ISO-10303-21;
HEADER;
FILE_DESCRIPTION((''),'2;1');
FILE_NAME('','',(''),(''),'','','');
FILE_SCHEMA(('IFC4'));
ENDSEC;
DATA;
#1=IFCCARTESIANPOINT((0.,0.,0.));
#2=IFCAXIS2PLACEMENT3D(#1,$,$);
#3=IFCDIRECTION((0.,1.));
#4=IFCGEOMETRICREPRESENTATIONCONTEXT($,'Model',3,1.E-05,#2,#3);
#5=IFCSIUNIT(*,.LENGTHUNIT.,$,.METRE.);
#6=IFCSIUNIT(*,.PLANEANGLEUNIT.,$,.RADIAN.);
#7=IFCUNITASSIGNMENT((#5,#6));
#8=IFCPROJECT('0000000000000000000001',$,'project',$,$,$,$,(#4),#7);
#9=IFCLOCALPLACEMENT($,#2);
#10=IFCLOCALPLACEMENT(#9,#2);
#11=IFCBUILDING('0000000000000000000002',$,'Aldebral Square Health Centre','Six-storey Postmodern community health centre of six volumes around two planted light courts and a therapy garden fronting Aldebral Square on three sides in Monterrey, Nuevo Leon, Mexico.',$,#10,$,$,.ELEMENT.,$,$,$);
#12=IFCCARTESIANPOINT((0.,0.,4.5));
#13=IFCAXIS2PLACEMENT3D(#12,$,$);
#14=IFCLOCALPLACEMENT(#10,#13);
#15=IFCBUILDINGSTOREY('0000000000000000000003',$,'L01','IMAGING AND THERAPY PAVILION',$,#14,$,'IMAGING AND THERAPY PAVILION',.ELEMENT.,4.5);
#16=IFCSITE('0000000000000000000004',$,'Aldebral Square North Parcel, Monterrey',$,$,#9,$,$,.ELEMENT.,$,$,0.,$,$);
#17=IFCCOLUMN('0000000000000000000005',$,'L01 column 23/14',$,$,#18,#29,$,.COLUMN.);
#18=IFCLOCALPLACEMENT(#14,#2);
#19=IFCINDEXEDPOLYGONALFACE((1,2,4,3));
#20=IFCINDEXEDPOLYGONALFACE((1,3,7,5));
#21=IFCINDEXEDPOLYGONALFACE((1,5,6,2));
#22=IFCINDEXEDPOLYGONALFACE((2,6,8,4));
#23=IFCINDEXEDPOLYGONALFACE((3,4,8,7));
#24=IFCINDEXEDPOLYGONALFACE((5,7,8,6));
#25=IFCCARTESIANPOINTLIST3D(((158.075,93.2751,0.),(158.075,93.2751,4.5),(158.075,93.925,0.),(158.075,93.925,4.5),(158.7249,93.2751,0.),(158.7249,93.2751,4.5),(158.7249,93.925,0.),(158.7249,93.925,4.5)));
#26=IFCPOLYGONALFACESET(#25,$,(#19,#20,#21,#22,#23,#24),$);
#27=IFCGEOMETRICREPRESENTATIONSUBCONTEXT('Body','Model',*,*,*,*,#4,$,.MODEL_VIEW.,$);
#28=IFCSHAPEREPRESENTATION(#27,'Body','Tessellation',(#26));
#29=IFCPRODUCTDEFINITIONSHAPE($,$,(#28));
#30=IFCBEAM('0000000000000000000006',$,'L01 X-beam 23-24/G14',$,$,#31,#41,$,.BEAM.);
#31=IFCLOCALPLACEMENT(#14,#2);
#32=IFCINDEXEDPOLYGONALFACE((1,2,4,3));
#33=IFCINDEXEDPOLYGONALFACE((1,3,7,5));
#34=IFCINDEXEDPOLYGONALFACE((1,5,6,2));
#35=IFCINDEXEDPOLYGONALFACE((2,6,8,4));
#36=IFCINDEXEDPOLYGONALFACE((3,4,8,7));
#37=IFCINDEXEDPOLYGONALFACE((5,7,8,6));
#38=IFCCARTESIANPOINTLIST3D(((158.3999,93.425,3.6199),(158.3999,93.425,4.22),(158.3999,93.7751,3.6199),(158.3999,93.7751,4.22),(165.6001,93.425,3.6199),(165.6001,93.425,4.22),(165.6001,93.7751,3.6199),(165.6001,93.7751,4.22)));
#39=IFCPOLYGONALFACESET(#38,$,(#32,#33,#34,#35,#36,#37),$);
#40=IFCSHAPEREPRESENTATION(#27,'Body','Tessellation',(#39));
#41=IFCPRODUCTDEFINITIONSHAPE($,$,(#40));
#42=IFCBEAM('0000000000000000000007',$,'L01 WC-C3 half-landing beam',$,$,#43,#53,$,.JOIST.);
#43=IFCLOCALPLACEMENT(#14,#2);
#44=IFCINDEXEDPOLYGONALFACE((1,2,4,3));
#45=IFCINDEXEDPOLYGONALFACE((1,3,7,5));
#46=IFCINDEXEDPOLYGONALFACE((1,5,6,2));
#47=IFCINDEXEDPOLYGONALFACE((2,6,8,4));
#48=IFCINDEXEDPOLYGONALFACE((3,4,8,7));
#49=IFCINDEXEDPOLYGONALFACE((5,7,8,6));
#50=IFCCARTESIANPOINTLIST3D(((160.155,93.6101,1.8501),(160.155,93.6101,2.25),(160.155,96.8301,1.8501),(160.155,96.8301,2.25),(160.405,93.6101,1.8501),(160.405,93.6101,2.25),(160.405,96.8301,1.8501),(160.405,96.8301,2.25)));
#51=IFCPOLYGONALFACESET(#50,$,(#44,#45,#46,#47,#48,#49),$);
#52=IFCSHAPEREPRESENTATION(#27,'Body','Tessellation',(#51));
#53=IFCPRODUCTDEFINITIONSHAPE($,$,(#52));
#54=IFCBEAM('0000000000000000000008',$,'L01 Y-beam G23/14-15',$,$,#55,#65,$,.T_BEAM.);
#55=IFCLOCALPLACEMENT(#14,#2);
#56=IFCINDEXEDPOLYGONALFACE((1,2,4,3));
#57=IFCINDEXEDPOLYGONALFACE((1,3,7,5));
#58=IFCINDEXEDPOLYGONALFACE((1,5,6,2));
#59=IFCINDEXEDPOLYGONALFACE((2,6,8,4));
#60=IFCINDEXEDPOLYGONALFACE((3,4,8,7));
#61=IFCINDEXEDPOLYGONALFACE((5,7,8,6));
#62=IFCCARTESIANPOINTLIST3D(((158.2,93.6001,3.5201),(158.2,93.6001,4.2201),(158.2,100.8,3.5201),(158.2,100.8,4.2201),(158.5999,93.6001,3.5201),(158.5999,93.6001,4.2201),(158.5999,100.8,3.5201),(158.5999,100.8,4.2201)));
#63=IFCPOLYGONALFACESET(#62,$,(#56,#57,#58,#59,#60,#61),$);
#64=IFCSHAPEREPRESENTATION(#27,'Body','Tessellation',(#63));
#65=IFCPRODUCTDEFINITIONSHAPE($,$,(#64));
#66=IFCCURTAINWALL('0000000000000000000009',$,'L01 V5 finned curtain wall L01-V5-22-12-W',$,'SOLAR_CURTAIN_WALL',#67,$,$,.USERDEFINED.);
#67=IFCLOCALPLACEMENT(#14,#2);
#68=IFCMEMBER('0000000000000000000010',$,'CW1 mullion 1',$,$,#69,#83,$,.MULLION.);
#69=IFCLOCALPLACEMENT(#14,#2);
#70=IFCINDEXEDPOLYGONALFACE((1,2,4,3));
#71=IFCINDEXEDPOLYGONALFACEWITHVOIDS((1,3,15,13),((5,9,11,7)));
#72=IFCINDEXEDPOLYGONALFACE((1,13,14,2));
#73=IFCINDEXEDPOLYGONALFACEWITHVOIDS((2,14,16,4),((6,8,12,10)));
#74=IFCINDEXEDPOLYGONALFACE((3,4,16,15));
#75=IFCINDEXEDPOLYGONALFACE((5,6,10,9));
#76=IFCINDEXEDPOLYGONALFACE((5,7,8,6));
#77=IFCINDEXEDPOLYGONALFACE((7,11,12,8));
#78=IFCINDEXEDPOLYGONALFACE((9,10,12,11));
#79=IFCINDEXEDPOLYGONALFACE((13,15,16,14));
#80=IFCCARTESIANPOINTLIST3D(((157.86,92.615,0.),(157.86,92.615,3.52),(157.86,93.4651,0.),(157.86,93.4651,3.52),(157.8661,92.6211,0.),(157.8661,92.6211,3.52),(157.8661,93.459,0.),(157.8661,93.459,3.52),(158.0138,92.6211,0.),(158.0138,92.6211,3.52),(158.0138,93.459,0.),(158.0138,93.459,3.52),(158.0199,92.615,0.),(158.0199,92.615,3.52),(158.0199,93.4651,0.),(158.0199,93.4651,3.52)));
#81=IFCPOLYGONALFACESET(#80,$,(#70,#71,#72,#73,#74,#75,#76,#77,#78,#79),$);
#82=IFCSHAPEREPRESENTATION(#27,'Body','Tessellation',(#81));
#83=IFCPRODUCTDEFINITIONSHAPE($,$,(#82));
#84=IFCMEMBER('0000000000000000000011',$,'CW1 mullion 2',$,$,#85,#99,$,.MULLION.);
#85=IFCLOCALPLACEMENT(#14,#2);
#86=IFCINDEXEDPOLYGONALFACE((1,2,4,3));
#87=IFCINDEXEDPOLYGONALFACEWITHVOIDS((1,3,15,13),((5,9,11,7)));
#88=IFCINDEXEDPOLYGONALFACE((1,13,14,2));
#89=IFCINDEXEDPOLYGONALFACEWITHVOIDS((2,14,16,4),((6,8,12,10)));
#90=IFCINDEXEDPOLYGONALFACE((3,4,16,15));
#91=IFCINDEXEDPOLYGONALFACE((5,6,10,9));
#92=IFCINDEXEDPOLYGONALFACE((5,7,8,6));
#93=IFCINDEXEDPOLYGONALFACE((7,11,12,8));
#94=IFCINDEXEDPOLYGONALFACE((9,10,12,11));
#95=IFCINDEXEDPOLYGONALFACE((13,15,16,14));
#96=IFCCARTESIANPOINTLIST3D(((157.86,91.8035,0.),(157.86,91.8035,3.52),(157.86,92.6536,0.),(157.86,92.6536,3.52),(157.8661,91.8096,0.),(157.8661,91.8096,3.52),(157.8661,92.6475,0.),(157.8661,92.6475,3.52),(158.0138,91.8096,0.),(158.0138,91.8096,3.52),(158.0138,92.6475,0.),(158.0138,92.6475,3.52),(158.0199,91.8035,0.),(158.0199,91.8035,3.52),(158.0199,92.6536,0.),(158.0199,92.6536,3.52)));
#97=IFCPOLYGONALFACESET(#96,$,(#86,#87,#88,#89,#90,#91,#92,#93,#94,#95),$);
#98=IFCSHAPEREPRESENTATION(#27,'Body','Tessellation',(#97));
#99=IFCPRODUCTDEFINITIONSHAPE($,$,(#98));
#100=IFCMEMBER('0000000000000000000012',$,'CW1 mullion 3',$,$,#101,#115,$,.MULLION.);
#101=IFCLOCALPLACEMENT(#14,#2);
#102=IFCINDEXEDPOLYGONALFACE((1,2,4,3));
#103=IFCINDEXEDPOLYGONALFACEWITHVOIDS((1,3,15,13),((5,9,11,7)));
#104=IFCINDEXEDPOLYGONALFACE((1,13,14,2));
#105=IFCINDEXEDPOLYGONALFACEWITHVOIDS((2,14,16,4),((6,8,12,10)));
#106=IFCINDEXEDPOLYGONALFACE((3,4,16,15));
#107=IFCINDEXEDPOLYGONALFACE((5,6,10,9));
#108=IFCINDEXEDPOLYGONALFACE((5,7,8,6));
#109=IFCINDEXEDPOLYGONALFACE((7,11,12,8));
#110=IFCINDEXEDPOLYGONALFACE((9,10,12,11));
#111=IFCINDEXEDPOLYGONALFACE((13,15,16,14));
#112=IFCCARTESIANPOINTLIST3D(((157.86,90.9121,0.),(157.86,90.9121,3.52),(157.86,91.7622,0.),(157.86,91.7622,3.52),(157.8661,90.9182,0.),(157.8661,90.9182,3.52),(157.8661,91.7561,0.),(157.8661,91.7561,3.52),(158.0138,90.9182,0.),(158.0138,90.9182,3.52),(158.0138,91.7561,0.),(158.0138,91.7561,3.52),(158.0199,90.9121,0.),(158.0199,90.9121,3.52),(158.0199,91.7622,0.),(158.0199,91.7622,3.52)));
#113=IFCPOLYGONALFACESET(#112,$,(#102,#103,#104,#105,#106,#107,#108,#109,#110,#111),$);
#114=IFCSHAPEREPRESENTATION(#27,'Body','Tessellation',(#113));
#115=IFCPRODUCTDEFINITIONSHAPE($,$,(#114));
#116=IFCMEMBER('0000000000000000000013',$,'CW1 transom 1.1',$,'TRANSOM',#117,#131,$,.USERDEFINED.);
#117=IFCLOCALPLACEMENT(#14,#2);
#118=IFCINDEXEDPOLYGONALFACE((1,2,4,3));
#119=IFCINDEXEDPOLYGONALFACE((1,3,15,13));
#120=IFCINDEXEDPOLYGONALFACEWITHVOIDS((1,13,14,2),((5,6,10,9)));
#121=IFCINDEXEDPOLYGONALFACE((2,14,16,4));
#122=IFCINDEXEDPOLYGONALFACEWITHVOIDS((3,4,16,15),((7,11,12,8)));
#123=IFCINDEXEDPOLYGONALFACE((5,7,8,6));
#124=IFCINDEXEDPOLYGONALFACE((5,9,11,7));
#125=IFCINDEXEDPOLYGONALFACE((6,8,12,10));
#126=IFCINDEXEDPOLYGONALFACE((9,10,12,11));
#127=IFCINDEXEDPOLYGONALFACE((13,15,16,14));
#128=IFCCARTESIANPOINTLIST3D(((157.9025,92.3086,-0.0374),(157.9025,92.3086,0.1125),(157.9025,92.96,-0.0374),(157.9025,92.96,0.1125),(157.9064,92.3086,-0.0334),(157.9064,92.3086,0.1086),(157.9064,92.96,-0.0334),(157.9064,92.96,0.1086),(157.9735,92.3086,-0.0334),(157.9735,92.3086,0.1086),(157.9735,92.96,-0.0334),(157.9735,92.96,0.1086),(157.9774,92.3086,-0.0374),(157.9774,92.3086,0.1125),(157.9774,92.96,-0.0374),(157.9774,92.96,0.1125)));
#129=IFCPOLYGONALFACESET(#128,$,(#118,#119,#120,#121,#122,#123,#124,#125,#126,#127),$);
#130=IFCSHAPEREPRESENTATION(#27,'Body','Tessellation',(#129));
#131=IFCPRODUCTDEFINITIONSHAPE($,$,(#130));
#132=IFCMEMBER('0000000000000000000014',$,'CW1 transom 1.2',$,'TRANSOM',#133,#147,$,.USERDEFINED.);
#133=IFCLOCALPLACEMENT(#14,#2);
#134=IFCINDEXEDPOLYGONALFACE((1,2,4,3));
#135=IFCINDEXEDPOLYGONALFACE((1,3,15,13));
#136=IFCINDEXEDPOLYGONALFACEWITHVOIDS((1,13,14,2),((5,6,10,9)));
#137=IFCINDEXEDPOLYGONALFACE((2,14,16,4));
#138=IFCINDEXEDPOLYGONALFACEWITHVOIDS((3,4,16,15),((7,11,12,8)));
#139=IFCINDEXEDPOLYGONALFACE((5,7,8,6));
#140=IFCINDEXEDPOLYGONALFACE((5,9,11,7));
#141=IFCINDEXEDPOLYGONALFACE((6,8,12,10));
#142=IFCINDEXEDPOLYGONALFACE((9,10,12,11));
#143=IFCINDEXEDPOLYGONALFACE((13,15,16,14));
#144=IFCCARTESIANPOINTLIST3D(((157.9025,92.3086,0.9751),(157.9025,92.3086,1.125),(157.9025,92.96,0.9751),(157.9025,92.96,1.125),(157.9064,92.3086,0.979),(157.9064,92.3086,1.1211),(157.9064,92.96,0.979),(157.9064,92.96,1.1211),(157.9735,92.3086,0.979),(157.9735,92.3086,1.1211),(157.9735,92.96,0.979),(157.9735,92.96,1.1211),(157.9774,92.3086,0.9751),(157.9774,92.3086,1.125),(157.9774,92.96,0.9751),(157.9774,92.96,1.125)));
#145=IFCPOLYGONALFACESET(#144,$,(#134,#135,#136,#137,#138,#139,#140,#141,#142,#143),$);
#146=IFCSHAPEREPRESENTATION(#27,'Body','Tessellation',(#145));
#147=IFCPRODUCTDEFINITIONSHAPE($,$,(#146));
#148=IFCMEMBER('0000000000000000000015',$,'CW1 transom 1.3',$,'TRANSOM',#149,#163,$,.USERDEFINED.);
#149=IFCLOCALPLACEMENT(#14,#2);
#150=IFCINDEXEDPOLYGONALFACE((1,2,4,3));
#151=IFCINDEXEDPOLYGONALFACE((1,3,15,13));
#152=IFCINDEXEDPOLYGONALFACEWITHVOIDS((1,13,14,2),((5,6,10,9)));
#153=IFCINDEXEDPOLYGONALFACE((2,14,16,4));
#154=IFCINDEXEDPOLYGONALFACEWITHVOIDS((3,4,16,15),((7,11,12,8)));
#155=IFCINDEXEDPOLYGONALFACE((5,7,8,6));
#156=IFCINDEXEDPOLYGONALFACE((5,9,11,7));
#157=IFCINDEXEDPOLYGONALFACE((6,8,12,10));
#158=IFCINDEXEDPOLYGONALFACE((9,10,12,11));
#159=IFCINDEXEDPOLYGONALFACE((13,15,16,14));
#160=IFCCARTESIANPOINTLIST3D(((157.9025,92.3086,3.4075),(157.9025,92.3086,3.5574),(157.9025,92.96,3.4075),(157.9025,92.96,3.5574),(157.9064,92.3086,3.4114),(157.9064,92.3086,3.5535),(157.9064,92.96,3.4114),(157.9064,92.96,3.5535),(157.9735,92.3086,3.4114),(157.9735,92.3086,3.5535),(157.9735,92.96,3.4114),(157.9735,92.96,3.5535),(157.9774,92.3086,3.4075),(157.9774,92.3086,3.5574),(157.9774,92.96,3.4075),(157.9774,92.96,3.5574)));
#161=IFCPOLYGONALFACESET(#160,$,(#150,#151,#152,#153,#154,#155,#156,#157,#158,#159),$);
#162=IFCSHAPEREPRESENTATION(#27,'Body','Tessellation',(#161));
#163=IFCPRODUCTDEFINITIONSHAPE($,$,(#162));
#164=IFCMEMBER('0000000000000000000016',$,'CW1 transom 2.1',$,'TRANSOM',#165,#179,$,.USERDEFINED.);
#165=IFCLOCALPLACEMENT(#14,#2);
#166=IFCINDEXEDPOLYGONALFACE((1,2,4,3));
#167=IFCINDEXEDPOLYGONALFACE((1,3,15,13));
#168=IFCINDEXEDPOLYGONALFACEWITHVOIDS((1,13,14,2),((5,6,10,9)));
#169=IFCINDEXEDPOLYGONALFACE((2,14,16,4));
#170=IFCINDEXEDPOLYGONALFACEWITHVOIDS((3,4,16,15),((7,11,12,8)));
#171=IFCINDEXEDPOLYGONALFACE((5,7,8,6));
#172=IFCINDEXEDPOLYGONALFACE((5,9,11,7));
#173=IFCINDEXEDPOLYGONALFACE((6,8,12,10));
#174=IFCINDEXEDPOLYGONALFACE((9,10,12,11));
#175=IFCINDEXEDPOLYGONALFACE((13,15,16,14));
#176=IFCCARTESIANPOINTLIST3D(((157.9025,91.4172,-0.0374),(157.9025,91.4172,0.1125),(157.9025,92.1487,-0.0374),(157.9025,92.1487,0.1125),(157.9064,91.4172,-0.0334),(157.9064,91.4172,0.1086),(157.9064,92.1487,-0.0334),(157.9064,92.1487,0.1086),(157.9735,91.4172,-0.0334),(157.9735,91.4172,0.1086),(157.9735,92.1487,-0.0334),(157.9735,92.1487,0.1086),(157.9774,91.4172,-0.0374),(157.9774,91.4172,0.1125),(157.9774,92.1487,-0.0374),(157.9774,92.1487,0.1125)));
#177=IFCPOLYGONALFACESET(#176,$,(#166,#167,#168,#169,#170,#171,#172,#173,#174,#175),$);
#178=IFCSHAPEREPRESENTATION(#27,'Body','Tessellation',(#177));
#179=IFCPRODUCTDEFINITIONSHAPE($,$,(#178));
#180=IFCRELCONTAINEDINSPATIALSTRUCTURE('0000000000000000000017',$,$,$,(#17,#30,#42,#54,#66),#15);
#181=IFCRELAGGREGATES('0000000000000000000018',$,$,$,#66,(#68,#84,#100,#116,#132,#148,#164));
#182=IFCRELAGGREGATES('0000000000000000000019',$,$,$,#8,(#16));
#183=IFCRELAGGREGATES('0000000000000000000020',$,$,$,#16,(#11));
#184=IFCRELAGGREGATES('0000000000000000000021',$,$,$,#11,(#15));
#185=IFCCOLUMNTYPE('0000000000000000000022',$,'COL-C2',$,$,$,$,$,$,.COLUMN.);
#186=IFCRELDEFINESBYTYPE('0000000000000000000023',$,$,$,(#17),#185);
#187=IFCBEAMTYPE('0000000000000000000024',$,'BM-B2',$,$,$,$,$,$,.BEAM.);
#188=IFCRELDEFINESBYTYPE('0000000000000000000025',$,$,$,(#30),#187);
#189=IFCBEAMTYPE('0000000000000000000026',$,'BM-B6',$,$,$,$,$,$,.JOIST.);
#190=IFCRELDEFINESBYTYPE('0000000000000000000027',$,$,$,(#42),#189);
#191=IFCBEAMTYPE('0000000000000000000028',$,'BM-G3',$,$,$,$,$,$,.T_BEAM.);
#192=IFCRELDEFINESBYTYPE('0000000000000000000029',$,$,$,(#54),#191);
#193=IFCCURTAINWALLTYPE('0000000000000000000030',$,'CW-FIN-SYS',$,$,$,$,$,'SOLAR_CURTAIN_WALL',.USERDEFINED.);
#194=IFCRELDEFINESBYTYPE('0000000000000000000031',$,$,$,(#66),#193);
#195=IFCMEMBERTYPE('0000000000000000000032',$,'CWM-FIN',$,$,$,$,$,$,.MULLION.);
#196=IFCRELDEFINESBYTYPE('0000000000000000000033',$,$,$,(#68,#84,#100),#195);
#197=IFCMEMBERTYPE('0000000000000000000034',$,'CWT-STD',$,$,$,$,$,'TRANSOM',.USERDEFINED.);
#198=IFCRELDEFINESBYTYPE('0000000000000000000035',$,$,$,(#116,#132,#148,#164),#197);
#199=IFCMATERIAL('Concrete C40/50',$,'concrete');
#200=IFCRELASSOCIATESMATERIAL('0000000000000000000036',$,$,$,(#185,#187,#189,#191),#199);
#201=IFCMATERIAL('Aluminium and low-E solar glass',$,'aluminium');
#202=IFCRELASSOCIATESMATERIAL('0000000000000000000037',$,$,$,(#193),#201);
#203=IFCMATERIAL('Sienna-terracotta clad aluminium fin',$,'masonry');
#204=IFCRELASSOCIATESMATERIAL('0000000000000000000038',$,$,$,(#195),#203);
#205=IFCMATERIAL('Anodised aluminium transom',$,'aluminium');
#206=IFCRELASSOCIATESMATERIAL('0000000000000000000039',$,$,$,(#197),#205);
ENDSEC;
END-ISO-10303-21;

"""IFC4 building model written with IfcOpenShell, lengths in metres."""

from ifc_helpers import new_model, si_unit, direction, frame, origin, origin_2d, place, context, subcontext, project, spatial, rectangle, hollow_rectangle, extrude, material, material_profile, profile_set, type_object, element, aggregate, save


model = new_model("IFC4")

# Units and contexts
model_context = context("Model", 3, precision=1e-05, world=origin(), true_north=direction((0.0, 1.0)))
body_context = subcontext(model_context, "Body", "Model", "MODEL_VIEW")
ifc_project = project(units=[si_unit("LENGTHUNIT", "METRE"), si_unit("PLANEANGLEUNIT", "RADIAN")], contexts=[model_context])

# Site, building, storey
site_placement = place(None, origin())
site = spatial("IfcSite", under=ifc_project, at=site_placement, Name="Aldebral Square North Parcel, Monterrey", CompositionType="ELEMENT", RefElevation=0.0)
building_placement = place(site_placement, origin())
building = spatial("IfcBuilding", under=site, at=building_placement, Name="Aldebral Square Health Centre", Description="Six-storey Postmodern community health centre of six volumes around two planted light courts and a therapy garden fronting Aldebral Square on three sides in Monterrey, Nuevo Leon, Mexico.", CompositionType="ELEMENT")
storey_placement = place(building_placement, frame((0.0, 0.0, 4.5)))
storey = spatial("IfcBuildingStorey", under=building, at=storey_placement, Name="L01", Description="IMAGING AND THERAPY PAVILION", LongName="IMAGING AND THERAPY PAVILION", CompositionType="ELEMENT", Elevation=4.5)

# Column
ifc_material_1 = material(Name="Concrete C40/50", Category="concrete")
ifc_material_profile_1 = material_profile(ifc_material_1, rectangle(XDim=0.6499, YDim=0.6499, at=origin_2d()), Name="RC 650x650")
ifc_profile_set_1 = profile_set([ifc_material_profile_1], Name="Concrete C40/50")
column_type = type_object("IfcColumnType", Name="COL-C2", PredefinedType="COLUMN", material=ifc_profile_set_1)
column_placement = place(storey_placement, frame((158.3999, 93.6001, 0.0), z_axis=(0.0, 0.0, 1.0), x_axis=(1.0, 0.0, 0.0)))
element("IfcColumn", 1, at=column_placement, inside=storey, type_object=column_type, Name="L01 column 23/14", PredefinedType="COLUMN", context=body_context, shape_type="SweptSolid", body=[
    extrude(rectangle(XDim=0.6499, YDim=0.6499, at=origin_2d()), origin(), (0.0, 0.0, 1.0), 4.5),
])

# Beams
ifc_material_profile_2 = material_profile(ifc_material_1, rectangle(XDim=0.3501, YDim=0.6001, at=origin_2d()), Name="RC 350x600")
ifc_profile_set_2 = profile_set([ifc_material_profile_2], Name="Concrete C40/50")
beam_type_1 = type_object("IfcBeamType", Name="BM-B2", PredefinedType="BEAM", material=ifc_profile_set_2)
beam_1_placement = place(storey_placement, frame((158.3999, 93.6001, 3.9199), z_axis=(1.0, 0.0, 0.0), x_axis=(0.0, 1.0, 0.0)))
element("IfcBeam", 2, at=beam_1_placement, inside=storey, type_object=beam_type_1, Name="L01 X-beam 23-24/G14", PredefinedType="BEAM", context=body_context, shape_type="SweptSolid", body=[
    extrude(rectangle(XDim=0.3501, YDim=0.6001, at=origin_2d()), origin(), (0.0, 0.0, 1.0), 7.2002),
])
ifc_material_profile_3 = material_profile(ifc_material_1, rectangle(XDim=0.25, YDim=0.3999, at=origin_2d()), Name="RC 250x400")
ifc_profile_set_3 = profile_set([ifc_material_profile_3], Name="Concrete C40/50")
beam_type_2 = type_object("IfcBeamType", Name="BM-B6", PredefinedType="JOIST", material=ifc_profile_set_3)
beam_2_placement = place(storey_placement, frame((160.28, 93.6101, 2.05), z_axis=(0.0, 1.0, 0.0), x_axis=(-1.0, 0.0, 0.0)))
element("IfcBeam", 3, at=beam_2_placement, inside=storey, type_object=beam_type_2, Name="L01 WC-C3 half-landing beam", PredefinedType="JOIST", context=body_context, shape_type="SweptSolid", body=[
    extrude(rectangle(XDim=0.25, YDim=0.3999, at=origin_2d()), origin(), (0.0, 0.0, 1.0), 3.22),
])
ifc_material_profile_4 = material_profile(ifc_material_1, rectangle(XDim=0.3999, YDim=0.7, at=origin_2d()), Name="RC 400x700")
ifc_profile_set_4 = profile_set([ifc_material_profile_4], Name="Concrete C40/50")
beam_type_3 = type_object("IfcBeamType", Name="BM-G3", PredefinedType="T_BEAM", material=ifc_profile_set_4)
beam_3_placement = place(storey_placement, frame((158.3999, 93.6001, 3.8701), z_axis=(0.0, 1.0, 0.0), x_axis=(-1.0, 0.0, 0.0)))
element("IfcBeam", 4, at=beam_3_placement, inside=storey, type_object=beam_type_3, Name="L01 Y-beam G23/14-15", PredefinedType="T_BEAM", context=body_context, shape_type="SweptSolid", body=[
    extrude(rectangle(XDim=0.3999, YDim=0.7, at=origin_2d()), origin(), (0.0, 0.0, 1.0), 7.2),
])

# Curtain wall, members
ifc_material_2 = material(Name="Aluminium and low-E solar glass", Category="aluminium")
curtain_wall_type = type_object("IfcCurtainWallType", Name="CW-FIN-SYS", ElementType="SOLAR_CURTAIN_WALL", PredefinedType="USERDEFINED", material=ifc_material_2)
curtain_wall_placement = place(storey_placement, origin())
curtain_wall = element("IfcCurtainWall", 5, at=curtain_wall_placement, inside=storey, type_object=curtain_wall_type, Name="L01 V5 finned curtain wall L01-V5-22-12-W", ObjectType="SOLAR_CURTAIN_WALL", PredefinedType="USERDEFINED")
ifc_material_3 = material(Name="Sienna-terracotta clad aluminium fin", Category="masonry")
ifc_material_profile_5 = material_profile(ifc_material_3, hollow_rectangle(XDim=0.1599, YDim=0.8501, WallThickness=0.0061, at=origin_2d()), Name="FIN 160x850x6")
ifc_profile_set_5 = profile_set([ifc_material_profile_5], Name="Sienna-terracotta clad aluminium fin")
member_type_1 = type_object("IfcMemberType", Name="CWM-FIN", PredefinedType="MULLION", material=ifc_profile_set_5)
member_1_placement = place(storey_placement, frame((157.9399, 93.04, 0.0), z_axis=(0.0, 0.0, 1.0), x_axis=(1.0, 0.0, 0.0)))
member_1 = element("IfcMember", 6, at=member_1_placement, type_object=member_type_1, Name="CW1 mullion 1", PredefinedType="MULLION", context=body_context, shape_type="SweptSolid", body=[
    extrude(hollow_rectangle(XDim=0.1599, YDim=0.8501, WallThickness=0.0061, at=origin_2d()), origin(), (0.0, 0.0, 1.0), 3.52),
])
member_2_placement = place(storey_placement, frame((157.9399, 92.2285, 0.0), z_axis=(0.0, 0.0, 1.0), x_axis=(1.0, 0.0, 0.0)))
member_2 = element("IfcMember", 7, at=member_2_placement, type_object=member_type_1, Name="CW1 mullion 2", PredefinedType="MULLION", context=body_context, shape_type="SweptSolid", body=[
    extrude(hollow_rectangle(XDim=0.1599, YDim=0.8501, WallThickness=0.0061, at=origin_2d()), origin(), (0.0, 0.0, 1.0), 3.52),
])
member_3_placement = place(storey_placement, frame((157.9399, 91.3372, 0.0), z_axis=(0.0, 0.0, 1.0), x_axis=(1.0, 0.0, 0.0)))
member_3 = element("IfcMember", 8, at=member_3_placement, type_object=member_type_1, Name="CW1 mullion 3", PredefinedType="MULLION", context=body_context, shape_type="SweptSolid", body=[
    extrude(hollow_rectangle(XDim=0.1599, YDim=0.8501, WallThickness=0.0061, at=origin_2d()), origin(), (0.0, 0.0, 1.0), 3.52),
])
ifc_material_4 = material(Name="Anodised aluminium transom", Category="aluminium")
ifc_material_profile_6 = material_profile(ifc_material_4, hollow_rectangle(XDim=0.075, YDim=0.1499, WallThickness=0.0039, at=origin_2d()), Name="CWT 75x150x4")
ifc_profile_set_6 = profile_set([ifc_material_profile_6], Name="Anodised aluminium transom")
member_type_2 = type_object("IfcMemberType", Name="CWT-STD", ElementType="TRANSOM", PredefinedType="USERDEFINED", material=ifc_profile_set_6)
member_4_placement = place(storey_placement, frame((157.9399, 92.96, 0.0376), z_axis=(0.0, -1.0, 0.0), x_axis=(1.0, 0.0, 0.0)))
member_4 = element("IfcMember", 9, at=member_4_placement, type_object=member_type_2, Name="CW1 transom 1.1", ObjectType="TRANSOM", PredefinedType="USERDEFINED", context=body_context, shape_type="SweptSolid", body=[
    extrude(hollow_rectangle(XDim=0.075, YDim=0.1499, WallThickness=0.0039, at=origin_2d()), origin(), (0.0, 0.0, 1.0), 0.6514),
])
member_5_placement = place(storey_placement, frame((157.9399, 92.96, 1.05), z_axis=(0.0, -1.0, 0.0), x_axis=(1.0, 0.0, 0.0)))
member_5 = element("IfcMember", 10, at=member_5_placement, type_object=member_type_2, Name="CW1 transom 1.2", ObjectType="TRANSOM", PredefinedType="USERDEFINED", context=body_context, shape_type="SweptSolid", body=[
    extrude(hollow_rectangle(XDim=0.075, YDim=0.1499, WallThickness=0.0039, at=origin_2d()), origin(), (0.0, 0.0, 1.0), 0.6514),
])
member_6_placement = place(storey_placement, frame((157.9399, 92.96, 3.4824), z_axis=(0.0, -1.0, 0.0), x_axis=(1.0, 0.0, 0.0)))
member_6 = element("IfcMember", 11, at=member_6_placement, type_object=member_type_2, Name="CW1 transom 1.3", ObjectType="TRANSOM", PredefinedType="USERDEFINED", context=body_context, shape_type="SweptSolid", body=[
    extrude(hollow_rectangle(XDim=0.075, YDim=0.1499, WallThickness=0.0039, at=origin_2d()), origin(), (0.0, 0.0, 1.0), 0.6514),
])
member_7_placement = place(storey_placement, frame((157.9399, 92.1487, 0.0376), z_axis=(0.0, -1.0, 0.0), x_axis=(1.0, 0.0, 0.0)))
member_7 = element("IfcMember", 12, at=member_7_placement, type_object=member_type_2, Name="CW1 transom 2.1", ObjectType="TRANSOM", PredefinedType="USERDEFINED", context=body_context, shape_type="SweptSolid", body=[
    extrude(hollow_rectangle(XDim=0.075, YDim=0.1499, WallThickness=0.0039, at=origin_2d()), origin(), (0.0, 0.0, 1.0), 0.7314),
])
aggregate(curtain_wall, [member_1, member_2, member_3, member_4, member_5, member_6, member_7])

save(model, "model.ifc")
